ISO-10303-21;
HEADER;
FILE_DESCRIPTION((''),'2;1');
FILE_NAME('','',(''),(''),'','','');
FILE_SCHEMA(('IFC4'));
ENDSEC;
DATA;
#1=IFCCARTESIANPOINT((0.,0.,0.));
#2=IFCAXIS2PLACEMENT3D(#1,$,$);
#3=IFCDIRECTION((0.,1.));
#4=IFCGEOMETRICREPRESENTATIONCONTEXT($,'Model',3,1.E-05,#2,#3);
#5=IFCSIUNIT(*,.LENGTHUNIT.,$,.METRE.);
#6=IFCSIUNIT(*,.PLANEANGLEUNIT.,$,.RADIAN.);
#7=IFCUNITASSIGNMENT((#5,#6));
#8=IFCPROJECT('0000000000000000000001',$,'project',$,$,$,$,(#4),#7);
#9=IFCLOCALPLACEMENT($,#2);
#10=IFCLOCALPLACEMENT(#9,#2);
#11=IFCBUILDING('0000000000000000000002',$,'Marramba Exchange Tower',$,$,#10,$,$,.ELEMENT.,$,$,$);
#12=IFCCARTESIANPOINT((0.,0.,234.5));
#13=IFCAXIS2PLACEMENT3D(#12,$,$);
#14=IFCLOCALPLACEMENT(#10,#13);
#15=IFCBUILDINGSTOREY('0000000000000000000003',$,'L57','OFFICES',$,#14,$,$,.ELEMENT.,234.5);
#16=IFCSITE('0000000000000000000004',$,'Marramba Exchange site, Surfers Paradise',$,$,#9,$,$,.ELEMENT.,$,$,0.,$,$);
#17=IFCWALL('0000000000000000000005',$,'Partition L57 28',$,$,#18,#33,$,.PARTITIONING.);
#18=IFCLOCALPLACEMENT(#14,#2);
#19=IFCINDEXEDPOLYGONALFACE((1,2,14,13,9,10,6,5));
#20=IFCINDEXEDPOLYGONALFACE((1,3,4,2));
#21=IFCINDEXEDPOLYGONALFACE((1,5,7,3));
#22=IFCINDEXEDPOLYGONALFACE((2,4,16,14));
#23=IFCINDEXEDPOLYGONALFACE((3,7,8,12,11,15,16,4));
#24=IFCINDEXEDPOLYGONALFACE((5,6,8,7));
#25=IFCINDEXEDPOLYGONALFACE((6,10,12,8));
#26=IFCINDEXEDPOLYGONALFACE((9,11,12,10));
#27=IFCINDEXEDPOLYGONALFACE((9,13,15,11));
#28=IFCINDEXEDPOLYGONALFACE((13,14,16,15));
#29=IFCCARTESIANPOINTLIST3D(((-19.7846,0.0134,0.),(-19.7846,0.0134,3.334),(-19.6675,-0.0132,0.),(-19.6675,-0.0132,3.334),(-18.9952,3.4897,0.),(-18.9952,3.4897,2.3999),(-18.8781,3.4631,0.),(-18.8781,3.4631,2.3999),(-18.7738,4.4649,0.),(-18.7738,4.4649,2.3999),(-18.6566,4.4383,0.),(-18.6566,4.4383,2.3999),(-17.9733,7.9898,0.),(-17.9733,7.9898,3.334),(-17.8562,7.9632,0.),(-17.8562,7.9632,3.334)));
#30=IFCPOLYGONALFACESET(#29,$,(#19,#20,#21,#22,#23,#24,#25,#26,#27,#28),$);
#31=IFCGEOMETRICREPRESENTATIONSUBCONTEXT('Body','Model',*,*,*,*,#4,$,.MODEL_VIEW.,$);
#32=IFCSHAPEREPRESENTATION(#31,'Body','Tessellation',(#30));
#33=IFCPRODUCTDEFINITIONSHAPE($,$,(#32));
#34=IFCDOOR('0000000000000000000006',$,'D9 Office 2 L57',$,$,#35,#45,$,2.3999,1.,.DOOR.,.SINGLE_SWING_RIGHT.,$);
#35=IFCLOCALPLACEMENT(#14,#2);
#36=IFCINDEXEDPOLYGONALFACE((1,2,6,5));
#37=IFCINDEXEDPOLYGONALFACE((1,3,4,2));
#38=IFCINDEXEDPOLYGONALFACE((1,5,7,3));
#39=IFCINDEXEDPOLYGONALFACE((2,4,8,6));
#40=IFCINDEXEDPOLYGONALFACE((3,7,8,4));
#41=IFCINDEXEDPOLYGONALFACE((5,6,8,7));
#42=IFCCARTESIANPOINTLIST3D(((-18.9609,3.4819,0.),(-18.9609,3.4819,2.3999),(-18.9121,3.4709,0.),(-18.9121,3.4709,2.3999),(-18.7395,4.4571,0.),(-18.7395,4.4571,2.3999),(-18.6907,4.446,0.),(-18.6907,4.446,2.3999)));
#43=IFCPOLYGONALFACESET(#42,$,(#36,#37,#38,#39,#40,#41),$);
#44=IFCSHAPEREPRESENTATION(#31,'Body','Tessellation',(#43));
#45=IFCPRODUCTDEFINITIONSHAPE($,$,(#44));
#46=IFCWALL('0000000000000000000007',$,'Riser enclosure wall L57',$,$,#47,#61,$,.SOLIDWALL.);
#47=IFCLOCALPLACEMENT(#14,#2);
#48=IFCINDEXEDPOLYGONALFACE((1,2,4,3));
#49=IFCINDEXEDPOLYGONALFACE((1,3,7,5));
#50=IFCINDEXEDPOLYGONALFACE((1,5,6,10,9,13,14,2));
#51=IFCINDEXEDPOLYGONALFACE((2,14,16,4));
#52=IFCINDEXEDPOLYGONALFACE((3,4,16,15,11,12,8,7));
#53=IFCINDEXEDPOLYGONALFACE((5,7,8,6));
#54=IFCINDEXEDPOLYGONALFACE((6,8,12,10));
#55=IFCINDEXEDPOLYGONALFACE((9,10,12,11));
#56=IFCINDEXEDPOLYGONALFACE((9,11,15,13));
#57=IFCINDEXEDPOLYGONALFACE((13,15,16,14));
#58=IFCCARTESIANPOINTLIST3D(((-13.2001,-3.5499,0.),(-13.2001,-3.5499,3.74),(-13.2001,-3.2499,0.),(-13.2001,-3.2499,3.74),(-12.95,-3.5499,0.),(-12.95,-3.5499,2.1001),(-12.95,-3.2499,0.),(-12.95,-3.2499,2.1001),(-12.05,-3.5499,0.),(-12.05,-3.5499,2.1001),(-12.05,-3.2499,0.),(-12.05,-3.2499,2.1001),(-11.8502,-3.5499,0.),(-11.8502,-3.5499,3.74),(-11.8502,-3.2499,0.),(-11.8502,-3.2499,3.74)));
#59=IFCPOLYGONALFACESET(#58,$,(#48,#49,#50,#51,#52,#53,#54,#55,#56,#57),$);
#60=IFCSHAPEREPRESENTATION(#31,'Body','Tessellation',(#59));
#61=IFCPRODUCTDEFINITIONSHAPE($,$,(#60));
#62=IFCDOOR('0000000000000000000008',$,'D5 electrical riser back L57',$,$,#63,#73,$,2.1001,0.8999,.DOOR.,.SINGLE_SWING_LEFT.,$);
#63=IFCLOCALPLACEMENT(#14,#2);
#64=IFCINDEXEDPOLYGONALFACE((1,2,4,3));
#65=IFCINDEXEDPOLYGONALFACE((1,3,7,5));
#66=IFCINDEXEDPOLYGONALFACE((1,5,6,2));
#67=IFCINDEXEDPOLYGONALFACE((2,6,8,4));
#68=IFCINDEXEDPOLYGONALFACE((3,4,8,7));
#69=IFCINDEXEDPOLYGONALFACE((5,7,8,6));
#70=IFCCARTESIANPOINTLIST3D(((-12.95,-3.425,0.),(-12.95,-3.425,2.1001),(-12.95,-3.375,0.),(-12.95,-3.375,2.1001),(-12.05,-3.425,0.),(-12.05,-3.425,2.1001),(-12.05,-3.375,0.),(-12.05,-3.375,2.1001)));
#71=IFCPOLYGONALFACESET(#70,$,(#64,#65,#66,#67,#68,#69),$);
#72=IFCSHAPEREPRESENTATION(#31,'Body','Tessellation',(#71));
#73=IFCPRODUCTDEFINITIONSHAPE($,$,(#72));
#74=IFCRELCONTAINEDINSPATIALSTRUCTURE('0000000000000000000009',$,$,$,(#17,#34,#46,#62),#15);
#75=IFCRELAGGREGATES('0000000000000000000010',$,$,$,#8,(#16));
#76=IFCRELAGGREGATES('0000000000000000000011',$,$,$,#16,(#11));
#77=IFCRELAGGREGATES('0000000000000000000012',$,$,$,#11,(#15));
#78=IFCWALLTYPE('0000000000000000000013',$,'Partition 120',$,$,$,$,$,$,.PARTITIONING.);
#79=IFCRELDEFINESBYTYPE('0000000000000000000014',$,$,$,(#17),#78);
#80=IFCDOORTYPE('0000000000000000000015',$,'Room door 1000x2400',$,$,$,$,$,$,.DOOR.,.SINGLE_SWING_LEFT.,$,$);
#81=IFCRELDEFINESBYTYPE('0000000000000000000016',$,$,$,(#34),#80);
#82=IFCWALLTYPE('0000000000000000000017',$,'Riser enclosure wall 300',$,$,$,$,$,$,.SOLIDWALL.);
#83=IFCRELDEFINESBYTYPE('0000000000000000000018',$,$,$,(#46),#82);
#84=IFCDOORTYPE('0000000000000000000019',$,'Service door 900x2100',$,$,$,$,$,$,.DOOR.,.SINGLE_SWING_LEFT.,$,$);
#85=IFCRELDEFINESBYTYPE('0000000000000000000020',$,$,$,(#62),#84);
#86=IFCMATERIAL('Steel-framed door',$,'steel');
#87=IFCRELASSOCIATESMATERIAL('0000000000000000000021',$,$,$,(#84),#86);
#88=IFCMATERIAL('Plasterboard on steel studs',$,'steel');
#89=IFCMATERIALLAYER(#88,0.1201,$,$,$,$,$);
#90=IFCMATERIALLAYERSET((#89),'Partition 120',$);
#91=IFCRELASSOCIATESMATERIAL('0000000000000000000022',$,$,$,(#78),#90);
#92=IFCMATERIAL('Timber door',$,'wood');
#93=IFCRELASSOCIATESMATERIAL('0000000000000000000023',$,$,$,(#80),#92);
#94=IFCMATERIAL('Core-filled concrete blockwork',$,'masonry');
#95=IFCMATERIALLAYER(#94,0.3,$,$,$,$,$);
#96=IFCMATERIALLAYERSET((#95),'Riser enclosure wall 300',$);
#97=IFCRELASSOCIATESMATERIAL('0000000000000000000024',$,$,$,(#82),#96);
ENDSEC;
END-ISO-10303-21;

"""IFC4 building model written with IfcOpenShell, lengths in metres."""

from ifc_helpers import new_model, si_unit, direction, frame, frame_2d, origin, place, context, subcontext, project, spatial, rectangle, extrude, material, layer, layer_set, type_object, element, fill, save


model = new_model("IFC4")

# Units and contexts
model_context = context("Model", 3, precision=1e-05, world=origin(), true_north=direction((0.0, 1.0)))
body_context = subcontext(model_context, "Body", "Model", "MODEL_VIEW")
ifc_project = project(units=[si_unit("LENGTHUNIT", "METRE"), si_unit("PLANEANGLEUNIT", "RADIAN")], contexts=[model_context])

# Site, building, storey
site_placement = place(None, origin())
site = spatial("IfcSite", under=ifc_project, at=site_placement, Name="Marramba Exchange site, Surfers Paradise", CompositionType="ELEMENT", RefElevation=0.0)
building_placement = place(site_placement, origin())
building = spatial("IfcBuilding", under=site, at=building_placement, Name="Marramba Exchange Tower", CompositionType="ELEMENT")
storey_placement = place(building_placement, frame((0.0, 0.0, 234.5)))
storey = spatial("IfcBuildingStorey", under=building, at=storey_placement, Name="L57", Description="OFFICES", CompositionType="ELEMENT", Elevation=234.5)

# Shared definitions
ifc_material_1 = material(Name="Steel-framed door", Category="steel")
door_type_1 = type_object("IfcDoorType", Name="Service door 900x2100", OperationType="SINGLE_SWING_LEFT", PredefinedType="DOOR", material=ifc_material_1)

# Walls, openings, doors
ifc_material_2 = material(Name="Plasterboard on steel studs", Category="steel")
ifc_layer_1 = layer(ifc_material_2, 0.1201)
ifc_layer_set_1 = layer_set([ifc_layer_1], Name="Partition 120")
wall_type_1 = type_object("IfcWallType", Name="Partition 120", PredefinedType="PARTITIONING", material=ifc_layer_set_1)
wall_1_placement = place(storey_placement, frame((-19.7261, 0.0, 0.0), z_axis=(0.0, 0.0, 1.0), x_axis=(0.221444, 0.975173, 0.0)))
wall_1 = element("IfcWall", 1, at=wall_1_placement, inside=storey, type_object=wall_type_1, Name="Partition L57 28", PredefinedType="PARTITIONING", context=body_context, shape_type="SweptSolid", body=[
    extrude(rectangle(XDim=8.1794, YDim=0.1201, at=frame_2d((4.0898, 0.0))), origin(), (0.0, 0.0, 1.0), 3.334),
])
opening_1_placement = place(wall_1_placement, frame((3.5649, 0.0, 0.0)))
opening_1 = element("IfcOpeningElement", 2, at=opening_1_placement, cuts=wall_1, PredefinedType="OPENING", context=body_context, shape_type="SweptSolid", body=[
    extrude(rectangle(XDim=1.0, YDim=2.3999, at=frame_2d((0.5, 1.2))), frame((0.0, 0.0701, 0.0), z_axis=(0.0, -1.0, 0.0), x_axis=(1.0, 0.0, 0.0)), (0.0, 0.0, 1.0), 0.1401),
])
ifc_material_3 = material(Name="Timber door", Category="wood")
door_type_2 = type_object("IfcDoorType", Name="Room door 1000x2400", OperationType="SINGLE_SWING_LEFT", PredefinedType="DOOR", material=ifc_material_3)
door_1_placement = place(opening_1_placement, origin())
door_1 = element("IfcDoor", 3, at=door_1_placement, inside=storey, type_object=door_type_2, Name="D9 Office 2 L57", OperationType="SINGLE_SWING_RIGHT", OverallHeight=2.3999, OverallWidth=1.0, PredefinedType="DOOR", context=body_context, shape_type="SweptSolid", body=[
    extrude(rectangle(XDim=1.0, YDim=2.3999, at=frame_2d((0.5, 1.2))), frame((0.0, 0.0249, 0.0), z_axis=(0.0, -1.0, 0.0), x_axis=(1.0, 0.0, 0.0)), (0.0, 0.0, 1.0), 0.05),
])
fill(opening_1, door_1)
ifc_material_4 = material(Name="Core-filled concrete blockwork", Category="masonry")
ifc_layer_2 = layer(ifc_material_4, 0.3)
ifc_layer_set_2 = layer_set([ifc_layer_2], Name="Riser enclosure wall 300")
wall_type_2 = type_object("IfcWallType", Name="Riser enclosure wall 300", PredefinedType="SOLIDWALL", material=ifc_layer_set_2)
wall_2_placement = place(storey_placement, frame((-13.2, -3.3999, 0.0), z_axis=(0.0, 0.0, 1.0), x_axis=(1.0, 0.0, 0.0)))
wall_2 = element("IfcWall", 4, at=wall_2_placement, inside=storey, type_object=wall_type_2, Name="Riser enclosure wall L57", PredefinedType="SOLIDWALL", context=body_context, shape_type="SweptSolid", body=[
    extrude(rectangle(XDim=1.3499, YDim=0.3, at=frame_2d((0.6748, 0.0))), origin(), (0.0, 0.0, 1.0), 3.74),
])
opening_2_placement = place(wall_2_placement, frame((0.25, 0.0, 0.0)))
opening_2 = element("IfcOpeningElement", 5, at=opening_2_placement, cuts=wall_2, PredefinedType="OPENING", context=body_context, shape_type="SweptSolid", body=[
    extrude(rectangle(XDim=0.8999, YDim=2.1001, at=frame_2d((0.45, 1.05))), frame((0.0, 0.1599, 0.0), z_axis=(0.0, -1.0, 0.0), x_axis=(1.0, 0.0, 0.0)), (0.0, 0.0, 1.0), 0.3201),
])
door_2_placement = place(opening_2_placement, frame((0.8999, 0.0, 0.0), z_axis=(0.0, 0.0, 1.0), x_axis=(-1.0, 0.0, 0.0)))
door_2 = element("IfcDoor", 6, at=door_2_placement, inside=storey, type_object=door_type_1, Name="D5 electrical riser back L57", OperationType="SINGLE_SWING_LEFT", OverallHeight=2.1001, OverallWidth=0.8999, PredefinedType="DOOR", context=body_context, shape_type="SweptSolid", body=[
    extrude(rectangle(XDim=0.8999, YDim=2.1001, at=frame_2d((0.45, 1.05))), frame((0.0, 0.0251, 0.0), z_axis=(0.0, -1.0, 0.0), x_axis=(1.0, 0.0, 0.0)), (0.0, 0.0, 1.0), 0.05),
])
fill(opening_2, door_2)

save(model, "model.ifc")
